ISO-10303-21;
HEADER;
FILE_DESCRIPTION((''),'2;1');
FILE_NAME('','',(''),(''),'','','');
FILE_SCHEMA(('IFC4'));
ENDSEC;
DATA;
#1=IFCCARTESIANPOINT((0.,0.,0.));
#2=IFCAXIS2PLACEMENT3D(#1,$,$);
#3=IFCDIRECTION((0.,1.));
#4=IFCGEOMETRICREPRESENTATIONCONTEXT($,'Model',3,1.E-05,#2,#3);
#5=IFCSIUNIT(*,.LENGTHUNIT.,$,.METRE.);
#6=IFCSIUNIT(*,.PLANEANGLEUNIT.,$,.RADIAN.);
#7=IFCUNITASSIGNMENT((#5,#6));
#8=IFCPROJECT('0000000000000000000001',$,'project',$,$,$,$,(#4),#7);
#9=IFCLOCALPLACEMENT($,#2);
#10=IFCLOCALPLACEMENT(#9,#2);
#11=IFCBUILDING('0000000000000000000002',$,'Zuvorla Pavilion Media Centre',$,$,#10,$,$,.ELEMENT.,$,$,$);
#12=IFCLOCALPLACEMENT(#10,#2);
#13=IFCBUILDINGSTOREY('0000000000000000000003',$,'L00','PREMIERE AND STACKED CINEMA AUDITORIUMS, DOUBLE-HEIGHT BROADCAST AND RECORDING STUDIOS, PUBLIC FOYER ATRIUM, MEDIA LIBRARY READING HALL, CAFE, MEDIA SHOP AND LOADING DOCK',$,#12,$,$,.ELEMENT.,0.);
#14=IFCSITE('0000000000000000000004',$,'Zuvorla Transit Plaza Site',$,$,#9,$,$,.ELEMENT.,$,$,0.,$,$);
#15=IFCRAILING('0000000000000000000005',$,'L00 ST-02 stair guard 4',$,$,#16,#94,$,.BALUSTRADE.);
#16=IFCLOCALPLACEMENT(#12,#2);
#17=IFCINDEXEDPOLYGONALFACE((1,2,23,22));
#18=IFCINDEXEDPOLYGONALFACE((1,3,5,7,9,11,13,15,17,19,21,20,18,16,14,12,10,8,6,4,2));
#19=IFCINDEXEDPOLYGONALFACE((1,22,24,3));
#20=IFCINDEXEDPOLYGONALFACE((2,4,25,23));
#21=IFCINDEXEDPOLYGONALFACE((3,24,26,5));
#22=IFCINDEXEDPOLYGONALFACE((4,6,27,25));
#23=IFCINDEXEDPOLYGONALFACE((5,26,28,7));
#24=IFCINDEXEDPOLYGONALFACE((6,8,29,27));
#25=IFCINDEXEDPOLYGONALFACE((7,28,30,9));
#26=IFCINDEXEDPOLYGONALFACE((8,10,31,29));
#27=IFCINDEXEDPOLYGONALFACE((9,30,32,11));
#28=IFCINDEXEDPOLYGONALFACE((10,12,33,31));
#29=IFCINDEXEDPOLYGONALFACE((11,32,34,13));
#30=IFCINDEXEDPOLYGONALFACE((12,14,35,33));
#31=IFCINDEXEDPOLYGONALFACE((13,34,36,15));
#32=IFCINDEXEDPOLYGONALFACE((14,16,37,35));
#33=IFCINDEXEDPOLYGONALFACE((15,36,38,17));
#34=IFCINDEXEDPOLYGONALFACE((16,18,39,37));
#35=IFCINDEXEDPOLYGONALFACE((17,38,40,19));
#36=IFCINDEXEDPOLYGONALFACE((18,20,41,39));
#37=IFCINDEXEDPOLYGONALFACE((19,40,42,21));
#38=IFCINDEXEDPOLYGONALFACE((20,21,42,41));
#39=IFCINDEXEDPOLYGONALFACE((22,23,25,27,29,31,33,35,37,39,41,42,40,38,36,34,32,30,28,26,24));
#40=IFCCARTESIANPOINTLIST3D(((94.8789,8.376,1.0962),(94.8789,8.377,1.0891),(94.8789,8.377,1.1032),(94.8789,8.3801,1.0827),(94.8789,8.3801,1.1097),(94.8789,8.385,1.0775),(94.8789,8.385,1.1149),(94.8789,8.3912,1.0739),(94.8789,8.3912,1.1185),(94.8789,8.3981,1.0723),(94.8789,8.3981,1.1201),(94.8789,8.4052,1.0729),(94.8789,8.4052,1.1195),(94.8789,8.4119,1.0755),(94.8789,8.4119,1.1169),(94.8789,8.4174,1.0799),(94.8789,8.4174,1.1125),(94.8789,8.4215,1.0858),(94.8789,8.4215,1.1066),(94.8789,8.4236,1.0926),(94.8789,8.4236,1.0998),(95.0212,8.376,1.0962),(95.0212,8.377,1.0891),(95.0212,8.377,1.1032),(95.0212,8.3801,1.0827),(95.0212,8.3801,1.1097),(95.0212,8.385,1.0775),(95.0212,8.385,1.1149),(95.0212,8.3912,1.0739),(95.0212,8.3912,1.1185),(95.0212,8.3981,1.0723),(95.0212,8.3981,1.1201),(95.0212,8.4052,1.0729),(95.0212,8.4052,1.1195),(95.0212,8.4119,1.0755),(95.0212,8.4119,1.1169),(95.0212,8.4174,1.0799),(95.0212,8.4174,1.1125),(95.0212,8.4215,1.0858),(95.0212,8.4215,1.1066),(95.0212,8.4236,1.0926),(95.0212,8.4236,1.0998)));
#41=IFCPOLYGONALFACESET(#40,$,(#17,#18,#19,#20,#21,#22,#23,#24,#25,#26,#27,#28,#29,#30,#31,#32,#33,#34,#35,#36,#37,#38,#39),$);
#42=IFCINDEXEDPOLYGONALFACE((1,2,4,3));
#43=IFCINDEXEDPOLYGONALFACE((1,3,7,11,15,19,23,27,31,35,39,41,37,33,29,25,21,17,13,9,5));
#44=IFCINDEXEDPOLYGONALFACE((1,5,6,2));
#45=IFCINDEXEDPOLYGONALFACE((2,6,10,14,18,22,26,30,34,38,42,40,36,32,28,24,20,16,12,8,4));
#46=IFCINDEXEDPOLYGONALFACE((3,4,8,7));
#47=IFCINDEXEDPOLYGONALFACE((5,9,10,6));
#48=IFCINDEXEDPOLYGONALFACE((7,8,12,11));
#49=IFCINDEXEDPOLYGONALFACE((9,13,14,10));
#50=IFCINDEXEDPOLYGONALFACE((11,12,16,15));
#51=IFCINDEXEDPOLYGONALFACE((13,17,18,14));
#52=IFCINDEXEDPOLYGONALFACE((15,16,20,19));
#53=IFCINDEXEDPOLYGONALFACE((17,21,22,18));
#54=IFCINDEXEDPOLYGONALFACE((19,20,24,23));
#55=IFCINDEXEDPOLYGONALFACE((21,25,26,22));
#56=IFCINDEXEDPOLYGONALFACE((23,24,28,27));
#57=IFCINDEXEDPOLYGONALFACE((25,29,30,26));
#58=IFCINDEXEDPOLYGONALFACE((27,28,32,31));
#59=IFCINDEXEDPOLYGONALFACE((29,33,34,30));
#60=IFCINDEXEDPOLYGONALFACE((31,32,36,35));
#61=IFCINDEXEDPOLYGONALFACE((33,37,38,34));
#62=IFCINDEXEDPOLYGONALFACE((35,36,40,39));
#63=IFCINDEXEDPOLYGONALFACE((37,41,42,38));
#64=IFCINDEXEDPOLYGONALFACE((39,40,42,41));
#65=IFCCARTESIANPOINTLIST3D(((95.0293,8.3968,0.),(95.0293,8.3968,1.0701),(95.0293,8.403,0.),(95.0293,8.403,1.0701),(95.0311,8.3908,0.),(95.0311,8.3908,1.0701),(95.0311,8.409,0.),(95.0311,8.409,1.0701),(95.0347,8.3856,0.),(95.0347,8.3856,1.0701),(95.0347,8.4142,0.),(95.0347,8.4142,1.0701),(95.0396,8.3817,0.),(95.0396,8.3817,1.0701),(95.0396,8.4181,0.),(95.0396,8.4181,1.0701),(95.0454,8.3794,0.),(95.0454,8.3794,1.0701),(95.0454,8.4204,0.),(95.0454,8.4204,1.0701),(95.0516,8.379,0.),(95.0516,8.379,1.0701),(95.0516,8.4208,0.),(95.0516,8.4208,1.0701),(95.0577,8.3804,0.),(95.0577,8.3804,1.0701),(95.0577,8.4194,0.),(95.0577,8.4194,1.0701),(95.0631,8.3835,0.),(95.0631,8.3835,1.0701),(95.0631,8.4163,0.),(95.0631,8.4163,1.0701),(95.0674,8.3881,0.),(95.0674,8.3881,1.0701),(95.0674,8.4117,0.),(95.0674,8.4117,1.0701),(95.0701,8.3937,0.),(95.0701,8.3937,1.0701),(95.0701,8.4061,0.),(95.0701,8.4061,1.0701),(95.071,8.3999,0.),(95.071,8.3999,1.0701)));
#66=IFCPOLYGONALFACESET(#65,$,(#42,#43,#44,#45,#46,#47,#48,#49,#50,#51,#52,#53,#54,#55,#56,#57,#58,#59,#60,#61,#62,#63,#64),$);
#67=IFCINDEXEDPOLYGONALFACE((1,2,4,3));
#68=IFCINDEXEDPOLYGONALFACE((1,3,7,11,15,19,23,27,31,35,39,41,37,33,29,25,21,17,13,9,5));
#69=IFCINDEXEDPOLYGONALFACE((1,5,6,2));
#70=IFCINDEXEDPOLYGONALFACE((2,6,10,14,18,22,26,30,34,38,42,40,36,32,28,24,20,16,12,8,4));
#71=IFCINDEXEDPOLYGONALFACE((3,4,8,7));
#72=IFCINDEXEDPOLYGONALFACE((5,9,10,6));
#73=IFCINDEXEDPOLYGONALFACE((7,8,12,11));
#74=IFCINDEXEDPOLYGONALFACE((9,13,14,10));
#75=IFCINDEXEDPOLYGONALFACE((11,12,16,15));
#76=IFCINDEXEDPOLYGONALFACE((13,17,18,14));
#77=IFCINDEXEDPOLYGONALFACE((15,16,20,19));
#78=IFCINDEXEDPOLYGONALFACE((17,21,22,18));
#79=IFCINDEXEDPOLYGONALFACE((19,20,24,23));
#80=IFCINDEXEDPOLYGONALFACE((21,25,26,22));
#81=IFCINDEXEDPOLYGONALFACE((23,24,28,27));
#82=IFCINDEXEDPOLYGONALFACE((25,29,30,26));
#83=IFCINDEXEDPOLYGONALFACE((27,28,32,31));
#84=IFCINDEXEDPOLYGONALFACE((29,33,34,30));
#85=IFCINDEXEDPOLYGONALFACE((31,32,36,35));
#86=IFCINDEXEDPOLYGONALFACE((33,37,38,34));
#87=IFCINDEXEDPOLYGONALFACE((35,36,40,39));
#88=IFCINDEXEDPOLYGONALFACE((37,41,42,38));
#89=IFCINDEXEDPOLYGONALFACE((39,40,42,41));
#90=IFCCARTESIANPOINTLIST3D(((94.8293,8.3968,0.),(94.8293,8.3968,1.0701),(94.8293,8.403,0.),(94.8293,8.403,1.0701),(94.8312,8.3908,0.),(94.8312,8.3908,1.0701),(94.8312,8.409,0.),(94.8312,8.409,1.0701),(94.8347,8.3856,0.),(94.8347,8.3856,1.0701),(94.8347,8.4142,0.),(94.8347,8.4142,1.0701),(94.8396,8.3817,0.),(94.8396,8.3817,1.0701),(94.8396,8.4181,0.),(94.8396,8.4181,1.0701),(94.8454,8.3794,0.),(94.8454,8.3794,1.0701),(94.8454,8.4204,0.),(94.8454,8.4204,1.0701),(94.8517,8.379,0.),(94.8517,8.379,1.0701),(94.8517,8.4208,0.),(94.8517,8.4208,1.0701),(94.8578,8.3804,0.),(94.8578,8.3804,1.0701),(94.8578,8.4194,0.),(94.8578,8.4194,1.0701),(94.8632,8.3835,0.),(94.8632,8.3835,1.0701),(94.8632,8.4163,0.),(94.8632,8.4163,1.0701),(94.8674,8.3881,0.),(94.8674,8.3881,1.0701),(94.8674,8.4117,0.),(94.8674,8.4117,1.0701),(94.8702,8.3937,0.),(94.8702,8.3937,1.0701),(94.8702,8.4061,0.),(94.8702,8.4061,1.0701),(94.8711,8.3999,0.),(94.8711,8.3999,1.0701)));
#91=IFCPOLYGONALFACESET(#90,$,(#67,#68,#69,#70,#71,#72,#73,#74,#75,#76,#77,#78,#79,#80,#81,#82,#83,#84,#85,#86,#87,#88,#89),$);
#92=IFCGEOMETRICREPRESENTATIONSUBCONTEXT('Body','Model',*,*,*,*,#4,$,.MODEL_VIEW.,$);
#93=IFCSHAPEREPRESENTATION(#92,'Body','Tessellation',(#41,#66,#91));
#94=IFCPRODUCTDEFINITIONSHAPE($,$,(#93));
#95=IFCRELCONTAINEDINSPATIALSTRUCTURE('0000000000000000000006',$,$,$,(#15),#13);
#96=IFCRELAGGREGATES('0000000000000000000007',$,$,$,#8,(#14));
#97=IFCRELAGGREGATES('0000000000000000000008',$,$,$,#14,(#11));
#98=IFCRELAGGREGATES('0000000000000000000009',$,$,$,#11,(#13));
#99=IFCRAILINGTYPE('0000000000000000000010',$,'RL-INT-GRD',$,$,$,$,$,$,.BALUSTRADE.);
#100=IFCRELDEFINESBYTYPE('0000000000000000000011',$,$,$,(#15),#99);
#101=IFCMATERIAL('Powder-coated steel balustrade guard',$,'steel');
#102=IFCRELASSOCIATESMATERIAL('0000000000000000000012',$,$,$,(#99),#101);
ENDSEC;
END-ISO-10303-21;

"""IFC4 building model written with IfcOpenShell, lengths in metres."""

from ifc_helpers import new_model, si_unit, direction, frame, origin, origin_2d, place, context, subcontext, project, spatial, circle, extrude, material, type_object, element, save


model = new_model("IFC4")

# Units and contexts
model_context = context("Model", 3, precision=1e-05, world=origin(), true_north=direction((0.0, 1.0)))
body_context = subcontext(model_context, "Body", "Model", "MODEL_VIEW")
ifc_project = project(units=[si_unit("LENGTHUNIT", "METRE"), si_unit("PLANEANGLEUNIT", "RADIAN")], contexts=[model_context])

# Site, building, storey
site_placement = place(None, origin())
site = spatial("IfcSite", under=ifc_project, at=site_placement, Name="Zuvorla Transit Plaza Site", CompositionType="ELEMENT", RefElevation=0.0)
building_placement = place(site_placement, origin())
building = spatial("IfcBuilding", under=site, at=building_placement, Name="Zuvorla Pavilion Media Centre", CompositionType="ELEMENT")
storey_placement = place(building_placement, origin())
storey = spatial("IfcBuildingStorey", under=building, at=storey_placement, Name="L00", Description="PREMIERE AND STACKED CINEMA AUDITORIUMS, DOUBLE-HEIGHT BROADCAST AND RECORDING STUDIOS, PUBLIC FOYER ATRIUM, MEDIA LIBRARY READING HALL, CAFE, MEDIA SHOP AND LOADING DOCK", CompositionType="ELEMENT", Elevation=0.0)

# Railing
ifc_material_1 = material(Name="Powder-coated steel balustrade guard", Category="steel")
railing_type_1 = type_object("IfcRailingType", Name="RL-INT-GRD", PredefinedType="BALUSTRADE", material=ifc_material_1)
railing_1_placement = place(storey_placement, frame((95.05, 8.3999, 0.0)))
element("IfcRailing", 1, at=railing_1_placement, inside=storey, type_object=railing_type_1, Name="L00 ST-02 stair guard 4", PredefinedType="BALUSTRADE", context=body_context, shape_type="SweptSolid", body=[
    extrude(circle(Radius=0.0239, at=origin_2d()), frame((-0.0288, 0.0, 1.0962), z_axis=(-1.0, 0.0, 0.0), x_axis=(0.0, -1.0, 0.0)), (0.0, 0.0, 1.0), 0.1423),
    extrude(circle(Radius=0.021, at=origin_2d()), origin(), (0.0, 0.0, 1.0), 1.0701),
    extrude(circle(Radius=0.021, at=origin_2d()), frame((-0.2, 0.0, 0.0)), (0.0, 0.0, 1.0), 1.0701),
])

save(model, "model.ifc")
